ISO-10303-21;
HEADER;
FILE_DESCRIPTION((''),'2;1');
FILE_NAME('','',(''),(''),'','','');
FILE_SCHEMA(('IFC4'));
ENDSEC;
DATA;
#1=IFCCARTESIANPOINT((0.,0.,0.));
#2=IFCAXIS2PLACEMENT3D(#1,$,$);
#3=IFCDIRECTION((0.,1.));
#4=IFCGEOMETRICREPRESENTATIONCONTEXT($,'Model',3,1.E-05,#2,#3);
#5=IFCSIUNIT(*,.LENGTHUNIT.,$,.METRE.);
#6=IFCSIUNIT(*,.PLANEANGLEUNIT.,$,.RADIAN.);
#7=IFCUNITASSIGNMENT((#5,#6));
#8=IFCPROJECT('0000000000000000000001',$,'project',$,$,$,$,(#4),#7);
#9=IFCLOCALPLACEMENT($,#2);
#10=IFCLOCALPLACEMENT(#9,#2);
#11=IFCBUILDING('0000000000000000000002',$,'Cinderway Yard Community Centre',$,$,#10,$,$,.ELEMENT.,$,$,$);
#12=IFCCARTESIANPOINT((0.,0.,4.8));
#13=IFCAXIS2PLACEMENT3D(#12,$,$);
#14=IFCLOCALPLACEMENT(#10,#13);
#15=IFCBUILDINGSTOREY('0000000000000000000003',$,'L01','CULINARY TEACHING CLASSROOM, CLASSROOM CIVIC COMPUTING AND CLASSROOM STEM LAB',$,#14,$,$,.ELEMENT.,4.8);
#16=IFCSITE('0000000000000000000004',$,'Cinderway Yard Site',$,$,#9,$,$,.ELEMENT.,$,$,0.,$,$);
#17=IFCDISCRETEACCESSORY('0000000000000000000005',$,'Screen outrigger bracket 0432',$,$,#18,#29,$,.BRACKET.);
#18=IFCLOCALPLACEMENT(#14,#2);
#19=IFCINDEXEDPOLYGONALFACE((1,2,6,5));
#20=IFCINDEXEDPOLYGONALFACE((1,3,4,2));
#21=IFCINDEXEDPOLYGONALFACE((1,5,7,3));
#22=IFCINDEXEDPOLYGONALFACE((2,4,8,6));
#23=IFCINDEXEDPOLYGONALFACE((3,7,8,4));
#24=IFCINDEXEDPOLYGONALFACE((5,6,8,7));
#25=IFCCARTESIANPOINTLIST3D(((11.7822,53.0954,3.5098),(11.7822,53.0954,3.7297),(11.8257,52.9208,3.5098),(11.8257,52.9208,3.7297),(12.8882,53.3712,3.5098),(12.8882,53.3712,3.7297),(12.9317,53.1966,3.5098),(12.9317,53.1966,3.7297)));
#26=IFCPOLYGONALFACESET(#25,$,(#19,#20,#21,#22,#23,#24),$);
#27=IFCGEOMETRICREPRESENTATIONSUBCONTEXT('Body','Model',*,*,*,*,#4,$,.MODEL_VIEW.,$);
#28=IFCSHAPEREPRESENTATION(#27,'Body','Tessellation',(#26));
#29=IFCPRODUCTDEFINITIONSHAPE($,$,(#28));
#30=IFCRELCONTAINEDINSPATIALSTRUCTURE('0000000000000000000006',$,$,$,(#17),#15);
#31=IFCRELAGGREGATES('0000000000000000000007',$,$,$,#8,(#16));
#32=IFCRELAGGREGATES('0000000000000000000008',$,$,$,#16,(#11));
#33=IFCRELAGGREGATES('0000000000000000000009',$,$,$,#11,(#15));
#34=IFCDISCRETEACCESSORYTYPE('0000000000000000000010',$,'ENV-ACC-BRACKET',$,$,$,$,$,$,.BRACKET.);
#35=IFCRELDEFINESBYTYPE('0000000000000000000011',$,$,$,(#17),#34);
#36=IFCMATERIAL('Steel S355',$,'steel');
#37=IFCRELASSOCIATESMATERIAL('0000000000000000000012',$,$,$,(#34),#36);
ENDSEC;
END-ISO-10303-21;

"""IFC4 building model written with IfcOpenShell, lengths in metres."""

from ifc_helpers import new_model, si_unit, direction, frame, origin, origin_2d, place, context, subcontext, project, spatial, rectangle, extrude, material, type_object, element, save


model = new_model("IFC4")

# Units and contexts
model_context = context("Model", 3, precision=1e-05, world=origin(), true_north=direction((0.0, 1.0)))
body_context = subcontext(model_context, "Body", "Model", "MODEL_VIEW")
ifc_project = project(units=[si_unit("LENGTHUNIT", "METRE"), si_unit("PLANEANGLEUNIT", "RADIAN")], contexts=[model_context])

# Site, building, storey
site_placement = place(None, origin())
site = spatial("IfcSite", under=ifc_project, at=site_placement, Name="Cinderway Yard Site", CompositionType="ELEMENT", RefElevation=0.0)
building_placement = place(site_placement, origin())
building = spatial("IfcBuilding", under=site, at=building_placement, Name="Cinderway Yard Community Centre", CompositionType="ELEMENT")
storey_placement = place(building_placement, frame((0.0, 0.0, 4.8)))
storey = spatial("IfcBuildingStorey", under=building, at=storey_placement, Name="L01", Description="CULINARY TEACHING CLASSROOM, CLASSROOM CIVIC COMPUTING AND CLASSROOM STEM LAB", CompositionType="ELEMENT", Elevation=4.8)

# Shared definitions
ifc_material_1 = material(Name="Steel S355", Category="steel")

# Discrete accessory
discrete_accessory_type = type_object("IfcDiscreteAccessoryType", Name="ENV-ACC-BRACKET", PredefinedType="BRACKET", material=ifc_material_1)
for number, where, z_axis, x_axis, name in (
    (1, (12.3569, 53.146, 3.5098), (0.0, 0.0, 1.0), (-0.970296, -0.241922, 0.0), "Screen outrigger bracket 0432"),
):
    element("IfcDiscreteAccessory", number, at=place(storey_placement, frame(where, z_axis=z_axis, x_axis=x_axis)), inside=storey, type_object=discrete_accessory_type, Name=name, PredefinedType="BRACKET", context=body_context, shape_type="SweptSolid", body=[
        extrude(rectangle(XDim=1.1399, YDim=0.1799, at=origin_2d()), origin(), (0.0, 0.0, 1.0), 0.22),
    ])

save(model, "model.ifc")
